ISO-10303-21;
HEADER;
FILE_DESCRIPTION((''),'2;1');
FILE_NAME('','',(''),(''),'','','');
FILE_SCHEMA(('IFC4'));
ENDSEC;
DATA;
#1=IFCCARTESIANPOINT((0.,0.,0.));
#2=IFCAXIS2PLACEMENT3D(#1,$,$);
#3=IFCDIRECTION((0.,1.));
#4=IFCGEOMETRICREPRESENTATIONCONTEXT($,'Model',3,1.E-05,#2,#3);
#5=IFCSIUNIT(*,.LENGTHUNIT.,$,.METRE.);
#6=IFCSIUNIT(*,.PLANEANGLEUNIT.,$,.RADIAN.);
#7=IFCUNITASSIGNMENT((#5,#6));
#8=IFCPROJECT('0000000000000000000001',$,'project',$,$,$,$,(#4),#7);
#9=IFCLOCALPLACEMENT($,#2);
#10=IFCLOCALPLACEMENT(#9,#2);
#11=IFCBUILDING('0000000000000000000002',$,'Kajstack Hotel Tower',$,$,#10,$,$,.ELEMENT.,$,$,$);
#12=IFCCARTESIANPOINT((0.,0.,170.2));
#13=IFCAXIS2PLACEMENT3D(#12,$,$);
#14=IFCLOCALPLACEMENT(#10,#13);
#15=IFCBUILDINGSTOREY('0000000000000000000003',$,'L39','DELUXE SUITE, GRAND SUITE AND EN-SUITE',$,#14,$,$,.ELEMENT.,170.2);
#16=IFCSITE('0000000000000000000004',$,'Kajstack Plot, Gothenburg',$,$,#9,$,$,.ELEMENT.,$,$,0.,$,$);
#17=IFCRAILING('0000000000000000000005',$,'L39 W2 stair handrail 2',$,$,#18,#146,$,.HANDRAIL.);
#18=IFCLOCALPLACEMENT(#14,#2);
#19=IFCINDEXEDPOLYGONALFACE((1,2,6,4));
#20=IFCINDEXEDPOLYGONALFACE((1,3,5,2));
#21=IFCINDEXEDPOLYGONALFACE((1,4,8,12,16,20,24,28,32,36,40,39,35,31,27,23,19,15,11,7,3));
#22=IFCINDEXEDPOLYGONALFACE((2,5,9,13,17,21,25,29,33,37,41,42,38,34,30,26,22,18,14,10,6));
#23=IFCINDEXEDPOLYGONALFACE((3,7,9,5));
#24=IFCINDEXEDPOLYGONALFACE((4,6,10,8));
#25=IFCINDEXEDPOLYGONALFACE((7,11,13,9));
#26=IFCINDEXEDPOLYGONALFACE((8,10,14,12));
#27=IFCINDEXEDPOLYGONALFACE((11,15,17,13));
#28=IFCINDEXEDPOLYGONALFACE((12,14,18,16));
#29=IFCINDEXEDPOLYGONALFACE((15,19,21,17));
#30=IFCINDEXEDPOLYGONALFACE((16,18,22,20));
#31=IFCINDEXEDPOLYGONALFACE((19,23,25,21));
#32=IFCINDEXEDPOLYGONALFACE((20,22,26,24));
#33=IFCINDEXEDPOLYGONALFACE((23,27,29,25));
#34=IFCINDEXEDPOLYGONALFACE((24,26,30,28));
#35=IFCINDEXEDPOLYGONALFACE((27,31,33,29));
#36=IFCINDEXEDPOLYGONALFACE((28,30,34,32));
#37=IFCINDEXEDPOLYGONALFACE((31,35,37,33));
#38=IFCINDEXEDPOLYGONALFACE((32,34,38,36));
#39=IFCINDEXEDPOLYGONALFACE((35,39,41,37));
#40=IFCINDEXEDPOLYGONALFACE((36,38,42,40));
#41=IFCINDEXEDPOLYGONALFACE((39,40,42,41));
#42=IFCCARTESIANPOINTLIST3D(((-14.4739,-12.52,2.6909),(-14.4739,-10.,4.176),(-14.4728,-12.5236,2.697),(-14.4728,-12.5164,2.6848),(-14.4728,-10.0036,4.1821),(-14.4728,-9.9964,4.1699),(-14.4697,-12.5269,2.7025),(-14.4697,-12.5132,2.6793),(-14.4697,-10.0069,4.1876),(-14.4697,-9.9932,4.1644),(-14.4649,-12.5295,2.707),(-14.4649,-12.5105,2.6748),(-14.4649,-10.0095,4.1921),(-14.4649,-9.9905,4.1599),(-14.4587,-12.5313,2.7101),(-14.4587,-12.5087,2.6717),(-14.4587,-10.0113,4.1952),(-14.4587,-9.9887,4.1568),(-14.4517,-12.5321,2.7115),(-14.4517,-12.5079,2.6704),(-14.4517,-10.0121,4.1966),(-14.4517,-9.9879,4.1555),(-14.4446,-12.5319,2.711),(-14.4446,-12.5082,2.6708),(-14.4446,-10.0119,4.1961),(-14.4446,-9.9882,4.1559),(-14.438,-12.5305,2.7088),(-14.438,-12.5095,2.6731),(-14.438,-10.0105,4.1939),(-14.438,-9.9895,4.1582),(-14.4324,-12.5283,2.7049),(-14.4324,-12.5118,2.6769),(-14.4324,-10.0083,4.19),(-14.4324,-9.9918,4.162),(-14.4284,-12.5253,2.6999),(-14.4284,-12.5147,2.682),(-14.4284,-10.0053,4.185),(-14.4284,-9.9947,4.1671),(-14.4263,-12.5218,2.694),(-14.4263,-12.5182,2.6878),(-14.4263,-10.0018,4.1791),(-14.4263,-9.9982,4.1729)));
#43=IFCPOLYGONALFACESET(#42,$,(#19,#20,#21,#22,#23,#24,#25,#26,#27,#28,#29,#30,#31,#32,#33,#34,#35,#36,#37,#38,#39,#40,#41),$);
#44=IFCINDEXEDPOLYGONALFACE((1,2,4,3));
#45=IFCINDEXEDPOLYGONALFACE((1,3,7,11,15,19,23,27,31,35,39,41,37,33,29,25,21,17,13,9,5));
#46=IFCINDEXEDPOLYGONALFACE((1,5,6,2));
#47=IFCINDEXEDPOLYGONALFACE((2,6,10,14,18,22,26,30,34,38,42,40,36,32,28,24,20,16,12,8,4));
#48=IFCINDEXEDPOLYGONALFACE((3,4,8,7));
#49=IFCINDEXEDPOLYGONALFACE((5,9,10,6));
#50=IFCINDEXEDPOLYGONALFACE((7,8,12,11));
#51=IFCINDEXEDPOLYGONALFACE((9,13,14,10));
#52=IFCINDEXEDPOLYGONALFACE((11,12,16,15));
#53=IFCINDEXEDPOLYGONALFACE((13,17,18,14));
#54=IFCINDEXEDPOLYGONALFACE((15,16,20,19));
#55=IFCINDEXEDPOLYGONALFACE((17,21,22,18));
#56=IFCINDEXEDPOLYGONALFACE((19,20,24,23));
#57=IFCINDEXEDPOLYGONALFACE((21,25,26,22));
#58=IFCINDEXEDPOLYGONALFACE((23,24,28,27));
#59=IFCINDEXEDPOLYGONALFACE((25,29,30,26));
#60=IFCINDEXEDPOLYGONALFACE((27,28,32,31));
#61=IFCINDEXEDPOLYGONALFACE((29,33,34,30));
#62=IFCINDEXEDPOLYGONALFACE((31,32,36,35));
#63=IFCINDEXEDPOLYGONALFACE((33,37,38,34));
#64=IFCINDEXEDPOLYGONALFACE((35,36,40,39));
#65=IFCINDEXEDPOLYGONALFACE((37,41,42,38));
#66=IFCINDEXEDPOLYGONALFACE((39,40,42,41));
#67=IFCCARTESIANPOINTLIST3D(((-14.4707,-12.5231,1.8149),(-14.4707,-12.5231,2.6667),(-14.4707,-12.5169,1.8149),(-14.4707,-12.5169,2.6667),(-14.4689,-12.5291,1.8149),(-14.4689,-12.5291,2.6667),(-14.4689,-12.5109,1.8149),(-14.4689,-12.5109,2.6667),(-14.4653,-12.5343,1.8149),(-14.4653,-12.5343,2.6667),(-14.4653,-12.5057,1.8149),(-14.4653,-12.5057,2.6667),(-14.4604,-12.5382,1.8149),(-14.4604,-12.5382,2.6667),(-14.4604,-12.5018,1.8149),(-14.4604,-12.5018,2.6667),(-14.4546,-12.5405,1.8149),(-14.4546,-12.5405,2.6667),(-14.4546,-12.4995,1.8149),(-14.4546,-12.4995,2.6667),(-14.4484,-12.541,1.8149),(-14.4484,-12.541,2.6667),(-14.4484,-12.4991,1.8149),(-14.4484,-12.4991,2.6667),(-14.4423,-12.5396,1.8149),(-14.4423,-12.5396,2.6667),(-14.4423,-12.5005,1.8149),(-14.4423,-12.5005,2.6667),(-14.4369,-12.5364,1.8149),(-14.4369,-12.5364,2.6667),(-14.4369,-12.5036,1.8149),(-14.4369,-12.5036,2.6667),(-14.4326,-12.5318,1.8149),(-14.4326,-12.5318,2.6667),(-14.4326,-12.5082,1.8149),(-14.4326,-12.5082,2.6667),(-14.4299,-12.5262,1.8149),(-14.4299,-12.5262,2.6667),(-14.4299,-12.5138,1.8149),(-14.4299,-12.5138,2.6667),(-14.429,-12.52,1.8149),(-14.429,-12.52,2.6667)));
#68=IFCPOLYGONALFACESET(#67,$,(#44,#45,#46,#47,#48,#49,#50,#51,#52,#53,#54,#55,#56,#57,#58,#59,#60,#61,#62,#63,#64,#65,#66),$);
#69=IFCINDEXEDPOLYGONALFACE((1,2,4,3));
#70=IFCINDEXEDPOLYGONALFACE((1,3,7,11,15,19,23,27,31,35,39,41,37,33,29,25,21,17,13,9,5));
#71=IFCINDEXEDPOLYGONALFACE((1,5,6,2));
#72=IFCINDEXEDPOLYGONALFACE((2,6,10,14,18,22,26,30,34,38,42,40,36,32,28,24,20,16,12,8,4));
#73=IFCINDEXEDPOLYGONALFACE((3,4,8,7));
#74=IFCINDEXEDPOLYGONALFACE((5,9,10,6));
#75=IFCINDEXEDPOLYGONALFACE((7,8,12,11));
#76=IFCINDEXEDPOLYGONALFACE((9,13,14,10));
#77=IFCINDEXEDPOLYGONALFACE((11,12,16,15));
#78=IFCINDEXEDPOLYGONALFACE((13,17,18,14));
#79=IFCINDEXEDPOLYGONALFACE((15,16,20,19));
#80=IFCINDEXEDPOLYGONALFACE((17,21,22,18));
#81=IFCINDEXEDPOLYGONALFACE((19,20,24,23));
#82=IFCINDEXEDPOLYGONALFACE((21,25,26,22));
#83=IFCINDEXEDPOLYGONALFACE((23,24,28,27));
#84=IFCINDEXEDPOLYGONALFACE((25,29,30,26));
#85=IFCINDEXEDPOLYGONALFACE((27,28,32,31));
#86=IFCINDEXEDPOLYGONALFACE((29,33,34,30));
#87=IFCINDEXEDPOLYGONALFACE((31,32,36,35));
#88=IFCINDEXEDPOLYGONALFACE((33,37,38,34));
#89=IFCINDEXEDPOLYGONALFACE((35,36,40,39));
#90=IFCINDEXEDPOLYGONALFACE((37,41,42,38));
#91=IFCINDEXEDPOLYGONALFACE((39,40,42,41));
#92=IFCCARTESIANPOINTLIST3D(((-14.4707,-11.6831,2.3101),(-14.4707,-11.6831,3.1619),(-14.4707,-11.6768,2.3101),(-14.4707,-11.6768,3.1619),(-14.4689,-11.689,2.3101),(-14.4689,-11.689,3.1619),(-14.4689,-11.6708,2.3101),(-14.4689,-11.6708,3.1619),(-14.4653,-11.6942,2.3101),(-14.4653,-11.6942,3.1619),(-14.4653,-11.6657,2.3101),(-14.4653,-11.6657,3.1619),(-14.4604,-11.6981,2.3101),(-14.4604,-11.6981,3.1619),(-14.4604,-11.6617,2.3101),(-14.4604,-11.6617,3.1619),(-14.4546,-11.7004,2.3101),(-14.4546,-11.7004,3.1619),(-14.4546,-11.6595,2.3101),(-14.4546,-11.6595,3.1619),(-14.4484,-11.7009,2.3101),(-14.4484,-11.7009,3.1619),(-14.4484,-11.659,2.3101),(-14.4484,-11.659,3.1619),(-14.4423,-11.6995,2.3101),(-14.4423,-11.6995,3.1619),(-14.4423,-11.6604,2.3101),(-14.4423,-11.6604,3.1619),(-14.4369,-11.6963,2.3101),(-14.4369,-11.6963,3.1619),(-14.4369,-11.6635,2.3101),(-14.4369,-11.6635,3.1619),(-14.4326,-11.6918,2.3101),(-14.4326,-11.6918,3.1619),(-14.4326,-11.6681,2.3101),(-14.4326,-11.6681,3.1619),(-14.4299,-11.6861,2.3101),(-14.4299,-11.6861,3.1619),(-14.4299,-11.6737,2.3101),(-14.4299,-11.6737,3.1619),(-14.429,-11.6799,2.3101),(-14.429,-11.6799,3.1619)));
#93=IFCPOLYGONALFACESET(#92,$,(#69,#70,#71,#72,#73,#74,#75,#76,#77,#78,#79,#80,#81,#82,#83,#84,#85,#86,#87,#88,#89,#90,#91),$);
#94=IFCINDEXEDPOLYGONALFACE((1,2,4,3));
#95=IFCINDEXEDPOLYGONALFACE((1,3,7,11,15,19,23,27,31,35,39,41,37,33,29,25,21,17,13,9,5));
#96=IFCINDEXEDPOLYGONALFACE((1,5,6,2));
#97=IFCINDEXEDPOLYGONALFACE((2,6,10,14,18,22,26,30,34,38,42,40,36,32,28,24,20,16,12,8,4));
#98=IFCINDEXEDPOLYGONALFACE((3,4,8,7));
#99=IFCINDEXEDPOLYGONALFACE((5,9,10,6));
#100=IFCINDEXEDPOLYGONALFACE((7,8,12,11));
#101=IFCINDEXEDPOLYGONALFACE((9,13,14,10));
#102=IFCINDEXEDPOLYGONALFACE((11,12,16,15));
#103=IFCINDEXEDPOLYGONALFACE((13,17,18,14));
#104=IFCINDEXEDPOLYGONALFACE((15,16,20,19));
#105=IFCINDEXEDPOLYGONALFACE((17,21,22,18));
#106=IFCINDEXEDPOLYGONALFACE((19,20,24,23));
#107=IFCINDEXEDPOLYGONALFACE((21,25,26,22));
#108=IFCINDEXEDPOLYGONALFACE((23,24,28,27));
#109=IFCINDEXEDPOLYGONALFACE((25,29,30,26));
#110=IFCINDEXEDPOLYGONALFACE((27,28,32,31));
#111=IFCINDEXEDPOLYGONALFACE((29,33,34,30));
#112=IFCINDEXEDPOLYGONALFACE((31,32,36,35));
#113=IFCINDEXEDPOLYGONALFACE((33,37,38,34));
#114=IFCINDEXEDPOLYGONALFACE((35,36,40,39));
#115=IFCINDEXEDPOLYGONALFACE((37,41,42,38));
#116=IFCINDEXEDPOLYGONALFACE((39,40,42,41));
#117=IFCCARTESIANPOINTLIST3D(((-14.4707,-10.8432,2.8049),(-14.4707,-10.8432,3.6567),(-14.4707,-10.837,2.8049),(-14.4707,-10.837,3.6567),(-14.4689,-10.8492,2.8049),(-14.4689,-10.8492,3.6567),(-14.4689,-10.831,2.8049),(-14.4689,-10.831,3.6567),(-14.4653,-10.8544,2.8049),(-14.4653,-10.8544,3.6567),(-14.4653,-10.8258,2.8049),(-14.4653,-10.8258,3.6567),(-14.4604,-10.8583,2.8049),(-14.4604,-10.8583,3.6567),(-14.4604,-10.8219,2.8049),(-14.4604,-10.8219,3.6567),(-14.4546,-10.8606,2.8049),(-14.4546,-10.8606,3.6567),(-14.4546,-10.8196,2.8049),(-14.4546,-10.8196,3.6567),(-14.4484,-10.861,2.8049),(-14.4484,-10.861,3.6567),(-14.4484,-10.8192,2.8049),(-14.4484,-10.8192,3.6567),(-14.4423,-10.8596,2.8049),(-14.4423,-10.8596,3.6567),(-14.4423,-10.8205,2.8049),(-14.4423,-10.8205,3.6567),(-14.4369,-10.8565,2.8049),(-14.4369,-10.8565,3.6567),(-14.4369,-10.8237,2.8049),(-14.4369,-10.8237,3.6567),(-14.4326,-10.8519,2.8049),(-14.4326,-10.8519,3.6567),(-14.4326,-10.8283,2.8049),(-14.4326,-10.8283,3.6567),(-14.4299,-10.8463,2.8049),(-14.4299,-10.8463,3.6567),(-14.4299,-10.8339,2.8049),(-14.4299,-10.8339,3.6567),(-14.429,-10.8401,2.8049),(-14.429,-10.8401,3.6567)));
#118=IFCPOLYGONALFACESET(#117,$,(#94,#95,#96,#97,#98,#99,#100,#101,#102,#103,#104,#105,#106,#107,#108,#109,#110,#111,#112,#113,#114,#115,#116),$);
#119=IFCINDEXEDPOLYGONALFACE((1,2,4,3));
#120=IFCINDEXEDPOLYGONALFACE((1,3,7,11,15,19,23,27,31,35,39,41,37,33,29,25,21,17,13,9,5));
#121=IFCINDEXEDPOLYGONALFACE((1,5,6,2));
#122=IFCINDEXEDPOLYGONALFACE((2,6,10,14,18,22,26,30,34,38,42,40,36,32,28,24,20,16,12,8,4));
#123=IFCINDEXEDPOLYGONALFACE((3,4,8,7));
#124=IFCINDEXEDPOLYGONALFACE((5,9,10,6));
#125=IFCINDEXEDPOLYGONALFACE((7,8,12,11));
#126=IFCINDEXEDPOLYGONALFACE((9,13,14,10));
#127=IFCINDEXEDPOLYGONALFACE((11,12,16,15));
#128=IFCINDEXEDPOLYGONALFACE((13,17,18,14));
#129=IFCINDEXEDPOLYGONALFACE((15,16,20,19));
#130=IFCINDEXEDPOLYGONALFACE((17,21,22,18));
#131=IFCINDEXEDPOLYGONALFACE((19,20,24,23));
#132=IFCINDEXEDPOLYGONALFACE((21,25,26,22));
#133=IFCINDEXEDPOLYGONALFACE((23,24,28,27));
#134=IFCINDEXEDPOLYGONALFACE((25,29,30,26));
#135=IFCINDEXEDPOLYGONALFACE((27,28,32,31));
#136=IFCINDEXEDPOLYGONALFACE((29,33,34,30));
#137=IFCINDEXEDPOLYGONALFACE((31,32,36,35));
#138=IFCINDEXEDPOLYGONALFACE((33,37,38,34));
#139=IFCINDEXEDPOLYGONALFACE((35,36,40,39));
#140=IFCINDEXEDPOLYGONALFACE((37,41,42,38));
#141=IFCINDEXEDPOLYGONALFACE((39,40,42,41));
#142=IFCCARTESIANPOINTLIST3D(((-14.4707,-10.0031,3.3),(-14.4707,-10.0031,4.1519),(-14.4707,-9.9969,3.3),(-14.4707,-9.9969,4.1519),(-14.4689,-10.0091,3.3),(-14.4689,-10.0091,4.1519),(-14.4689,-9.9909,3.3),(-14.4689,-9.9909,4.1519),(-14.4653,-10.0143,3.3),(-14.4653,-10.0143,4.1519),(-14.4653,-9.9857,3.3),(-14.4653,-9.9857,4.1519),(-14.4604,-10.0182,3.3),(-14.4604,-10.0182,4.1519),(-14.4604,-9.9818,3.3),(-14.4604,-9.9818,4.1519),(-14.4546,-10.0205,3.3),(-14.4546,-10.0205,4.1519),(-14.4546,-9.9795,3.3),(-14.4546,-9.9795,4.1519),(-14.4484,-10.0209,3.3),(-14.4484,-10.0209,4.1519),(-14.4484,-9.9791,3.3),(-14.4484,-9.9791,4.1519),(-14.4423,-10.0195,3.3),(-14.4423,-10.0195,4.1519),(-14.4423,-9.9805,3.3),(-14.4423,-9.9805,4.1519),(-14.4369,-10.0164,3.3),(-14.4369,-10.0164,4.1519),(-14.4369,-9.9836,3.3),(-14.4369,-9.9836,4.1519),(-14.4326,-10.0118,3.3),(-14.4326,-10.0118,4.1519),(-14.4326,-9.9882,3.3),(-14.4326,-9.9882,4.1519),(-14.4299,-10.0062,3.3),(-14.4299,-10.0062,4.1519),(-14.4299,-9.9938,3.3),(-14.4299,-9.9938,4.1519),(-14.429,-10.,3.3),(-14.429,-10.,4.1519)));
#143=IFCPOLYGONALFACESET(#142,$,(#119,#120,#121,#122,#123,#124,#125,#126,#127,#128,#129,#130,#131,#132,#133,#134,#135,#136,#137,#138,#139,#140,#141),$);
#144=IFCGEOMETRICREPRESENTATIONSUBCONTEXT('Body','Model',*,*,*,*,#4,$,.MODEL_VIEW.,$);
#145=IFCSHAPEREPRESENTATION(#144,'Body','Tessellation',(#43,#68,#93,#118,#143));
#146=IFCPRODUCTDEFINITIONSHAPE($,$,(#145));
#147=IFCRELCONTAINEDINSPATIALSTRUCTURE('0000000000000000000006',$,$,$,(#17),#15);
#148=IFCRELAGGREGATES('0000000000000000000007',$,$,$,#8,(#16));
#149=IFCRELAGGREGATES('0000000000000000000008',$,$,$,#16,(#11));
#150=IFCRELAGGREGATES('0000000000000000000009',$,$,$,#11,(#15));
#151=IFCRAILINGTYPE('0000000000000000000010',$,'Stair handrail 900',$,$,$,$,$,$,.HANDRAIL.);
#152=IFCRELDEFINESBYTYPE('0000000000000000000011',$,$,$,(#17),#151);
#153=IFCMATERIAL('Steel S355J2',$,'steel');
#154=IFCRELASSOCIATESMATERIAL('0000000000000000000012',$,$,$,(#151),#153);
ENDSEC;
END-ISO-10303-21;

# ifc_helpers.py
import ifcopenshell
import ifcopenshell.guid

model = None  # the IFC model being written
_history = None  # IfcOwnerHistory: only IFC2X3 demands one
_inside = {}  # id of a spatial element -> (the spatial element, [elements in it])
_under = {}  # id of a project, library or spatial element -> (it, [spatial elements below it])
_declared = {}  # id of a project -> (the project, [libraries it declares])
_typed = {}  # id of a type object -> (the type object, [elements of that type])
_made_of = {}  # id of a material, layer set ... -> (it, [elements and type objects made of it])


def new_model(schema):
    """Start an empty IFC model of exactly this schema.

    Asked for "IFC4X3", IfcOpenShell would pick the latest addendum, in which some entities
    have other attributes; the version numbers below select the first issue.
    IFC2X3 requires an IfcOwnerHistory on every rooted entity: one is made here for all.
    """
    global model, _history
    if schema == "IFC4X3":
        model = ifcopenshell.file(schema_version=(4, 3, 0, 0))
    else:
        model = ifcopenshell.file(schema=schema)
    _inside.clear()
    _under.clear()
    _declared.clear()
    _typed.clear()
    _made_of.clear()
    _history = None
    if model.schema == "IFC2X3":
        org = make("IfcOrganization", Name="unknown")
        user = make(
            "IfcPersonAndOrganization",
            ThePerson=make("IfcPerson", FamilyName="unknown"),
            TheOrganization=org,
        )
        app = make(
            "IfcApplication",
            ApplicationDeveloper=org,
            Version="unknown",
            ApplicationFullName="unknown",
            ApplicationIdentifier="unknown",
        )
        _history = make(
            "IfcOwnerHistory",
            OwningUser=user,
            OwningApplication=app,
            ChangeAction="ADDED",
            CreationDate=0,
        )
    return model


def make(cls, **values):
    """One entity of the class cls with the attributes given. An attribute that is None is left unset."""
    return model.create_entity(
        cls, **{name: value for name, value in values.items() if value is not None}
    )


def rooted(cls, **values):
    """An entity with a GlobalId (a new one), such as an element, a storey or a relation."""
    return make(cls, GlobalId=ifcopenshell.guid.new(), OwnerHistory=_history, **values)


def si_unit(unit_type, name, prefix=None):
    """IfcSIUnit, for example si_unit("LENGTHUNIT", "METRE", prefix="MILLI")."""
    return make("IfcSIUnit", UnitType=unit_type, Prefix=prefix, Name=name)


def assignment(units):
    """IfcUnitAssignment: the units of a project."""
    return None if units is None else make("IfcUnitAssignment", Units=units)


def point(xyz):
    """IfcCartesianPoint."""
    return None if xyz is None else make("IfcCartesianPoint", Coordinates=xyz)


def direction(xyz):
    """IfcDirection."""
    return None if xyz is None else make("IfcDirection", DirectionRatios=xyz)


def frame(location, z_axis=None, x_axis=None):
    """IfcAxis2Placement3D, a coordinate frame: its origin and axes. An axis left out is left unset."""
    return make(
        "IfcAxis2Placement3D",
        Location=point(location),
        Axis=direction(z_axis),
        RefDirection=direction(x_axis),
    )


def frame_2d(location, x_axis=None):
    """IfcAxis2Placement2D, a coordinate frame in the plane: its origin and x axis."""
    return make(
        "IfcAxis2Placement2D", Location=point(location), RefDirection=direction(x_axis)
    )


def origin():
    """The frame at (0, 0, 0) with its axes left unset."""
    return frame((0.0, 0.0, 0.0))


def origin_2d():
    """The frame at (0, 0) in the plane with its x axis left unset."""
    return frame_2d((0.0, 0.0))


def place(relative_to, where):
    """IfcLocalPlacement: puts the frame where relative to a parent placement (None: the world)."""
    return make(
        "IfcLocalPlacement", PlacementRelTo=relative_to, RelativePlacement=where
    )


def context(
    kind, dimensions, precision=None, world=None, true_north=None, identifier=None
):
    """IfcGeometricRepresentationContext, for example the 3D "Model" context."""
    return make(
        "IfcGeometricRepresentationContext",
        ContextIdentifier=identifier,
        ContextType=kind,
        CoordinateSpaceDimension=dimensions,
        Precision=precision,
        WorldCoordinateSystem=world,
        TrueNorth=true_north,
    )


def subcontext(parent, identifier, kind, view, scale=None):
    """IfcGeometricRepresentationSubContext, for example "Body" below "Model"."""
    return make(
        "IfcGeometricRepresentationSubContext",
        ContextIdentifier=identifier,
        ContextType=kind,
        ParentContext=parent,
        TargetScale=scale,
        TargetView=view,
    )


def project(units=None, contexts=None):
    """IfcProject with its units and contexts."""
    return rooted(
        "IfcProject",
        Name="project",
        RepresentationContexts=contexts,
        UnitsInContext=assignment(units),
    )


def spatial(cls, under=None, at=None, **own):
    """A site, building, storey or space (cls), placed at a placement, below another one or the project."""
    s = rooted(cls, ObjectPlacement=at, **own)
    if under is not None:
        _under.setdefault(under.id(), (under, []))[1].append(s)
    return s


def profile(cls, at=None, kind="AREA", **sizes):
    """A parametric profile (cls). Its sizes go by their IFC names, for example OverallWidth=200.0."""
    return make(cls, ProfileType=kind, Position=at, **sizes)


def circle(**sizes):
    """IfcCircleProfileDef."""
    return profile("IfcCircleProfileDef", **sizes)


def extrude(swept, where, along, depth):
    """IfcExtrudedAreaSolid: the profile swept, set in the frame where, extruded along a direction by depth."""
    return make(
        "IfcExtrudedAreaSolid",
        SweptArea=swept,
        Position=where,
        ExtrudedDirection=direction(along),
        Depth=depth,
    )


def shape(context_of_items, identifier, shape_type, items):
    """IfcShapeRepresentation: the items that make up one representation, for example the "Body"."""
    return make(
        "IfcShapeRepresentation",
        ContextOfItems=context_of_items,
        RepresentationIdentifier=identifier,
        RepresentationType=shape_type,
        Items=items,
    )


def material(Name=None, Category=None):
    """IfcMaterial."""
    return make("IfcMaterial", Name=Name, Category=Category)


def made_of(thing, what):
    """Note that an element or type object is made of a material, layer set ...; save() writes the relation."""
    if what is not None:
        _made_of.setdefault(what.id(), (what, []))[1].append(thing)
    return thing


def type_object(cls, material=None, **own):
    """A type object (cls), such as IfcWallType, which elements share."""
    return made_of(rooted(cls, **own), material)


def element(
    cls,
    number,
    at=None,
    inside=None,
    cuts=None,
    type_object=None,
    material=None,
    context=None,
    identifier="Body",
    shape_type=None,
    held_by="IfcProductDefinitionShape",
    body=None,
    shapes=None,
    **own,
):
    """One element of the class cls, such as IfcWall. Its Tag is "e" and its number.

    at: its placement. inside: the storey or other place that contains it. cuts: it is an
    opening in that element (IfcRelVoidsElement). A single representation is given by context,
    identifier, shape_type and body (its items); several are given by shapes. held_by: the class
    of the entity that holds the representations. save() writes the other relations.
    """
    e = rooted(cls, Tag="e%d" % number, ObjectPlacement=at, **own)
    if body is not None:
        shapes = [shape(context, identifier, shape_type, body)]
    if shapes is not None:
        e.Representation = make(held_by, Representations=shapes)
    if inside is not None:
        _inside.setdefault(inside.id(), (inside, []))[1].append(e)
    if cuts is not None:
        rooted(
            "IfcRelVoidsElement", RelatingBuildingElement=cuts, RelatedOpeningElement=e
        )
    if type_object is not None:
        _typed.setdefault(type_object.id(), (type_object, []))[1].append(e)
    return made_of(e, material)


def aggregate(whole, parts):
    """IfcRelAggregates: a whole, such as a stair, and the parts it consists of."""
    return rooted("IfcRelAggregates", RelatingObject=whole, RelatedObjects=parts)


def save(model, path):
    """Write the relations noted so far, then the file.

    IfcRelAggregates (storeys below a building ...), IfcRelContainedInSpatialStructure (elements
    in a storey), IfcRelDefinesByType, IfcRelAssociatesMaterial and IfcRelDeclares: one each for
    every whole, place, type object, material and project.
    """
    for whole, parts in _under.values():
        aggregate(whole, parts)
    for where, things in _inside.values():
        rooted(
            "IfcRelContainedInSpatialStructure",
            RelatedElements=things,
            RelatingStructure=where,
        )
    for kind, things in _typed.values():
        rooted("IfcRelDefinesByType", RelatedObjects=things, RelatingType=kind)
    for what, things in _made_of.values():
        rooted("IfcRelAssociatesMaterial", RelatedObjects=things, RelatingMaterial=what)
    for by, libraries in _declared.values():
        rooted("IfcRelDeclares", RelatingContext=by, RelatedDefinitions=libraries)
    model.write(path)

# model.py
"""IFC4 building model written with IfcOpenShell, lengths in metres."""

from ifc_helpers import new_model, si_unit, direction, frame, origin, origin_2d, place, context, subcontext, project, spatial, circle, extrude, material, type_object, element, save


model = new_model("IFC4")

# Units and contexts
model_context = context("Model", 3, precision=1e-05, world=origin(), true_north=direction((0.0, 1.0)))
body_context = subcontext(model_context, "Body", "Model", "MODEL_VIEW")
ifc_project = project(units=[si_unit("LENGTHUNIT", "METRE"), si_unit("PLANEANGLEUNIT", "RADIAN")], contexts=[model_context])

# Site, building, storey
site_placement = place(None, origin())
site = spatial("IfcSite", under=ifc_project, at=site_placement, Name="Kajstack Plot, Gothenburg", CompositionType="ELEMENT", RefElevation=0.0)
building_placement = place(site_placement, origin())
building = spatial("IfcBuilding", under=site, at=building_placement, Name="Kajstack Hotel Tower", CompositionType="ELEMENT")
storey_placement = place(building_placement, frame((0.0, 0.0, 170.2)))
storey = spatial("IfcBuildingStorey", under=building, at=storey_placement, Name="L39", Description="DELUXE SUITE, GRAND SUITE AND EN-SUITE", CompositionType="ELEMENT", Elevation=170.2)

# Railing
ifc_material_1 = material(Name="Steel S355J2", Category="steel")
railing_type_1 = type_object("IfcRailingType", Name="Stair handrail 900", PredefinedType="HANDRAIL", material=ifc_material_1)
railing_1_placement = place(storey_placement, frame((-14.45, -12.52, 1.8149)))
element("IfcRailing", 1, at=railing_1_placement, inside=storey, type_object=railing_type_1, Name="L39 W2 stair handrail 2", PredefinedType="HANDRAIL", context=body_context, shape_type="SweptSolid", body=[
    extrude(circle(Radius=0.0239, at=origin_2d()), frame((0.0, 0.0, 0.876), z_axis=(0.0, 0.861524, 0.507717), x_axis=(-1.0, 0.0, 0.0)), (0.0, 0.0, 1.0), 2.925),
    extrude(circle(Radius=0.021, at=origin_2d()), origin(), (0.0, 0.0, 1.0), 0.8518),
    extrude(circle(Radius=0.021, at=origin_2d()), frame((0.0, 0.8401, 0.4951)), (0.0, 0.0, 1.0), 0.8518),
    extrude(circle(Radius=0.021, at=origin_2d()), frame((0.0, 1.6799, 0.99)), (0.0, 0.0, 1.0), 0.8518),
    extrude(circle(Radius=0.021, at=origin_2d()), frame((0.0, 2.52, 1.4851)), (0.0, 0.0, 1.0), 0.8518),
])

save(model, "model.ifc")
